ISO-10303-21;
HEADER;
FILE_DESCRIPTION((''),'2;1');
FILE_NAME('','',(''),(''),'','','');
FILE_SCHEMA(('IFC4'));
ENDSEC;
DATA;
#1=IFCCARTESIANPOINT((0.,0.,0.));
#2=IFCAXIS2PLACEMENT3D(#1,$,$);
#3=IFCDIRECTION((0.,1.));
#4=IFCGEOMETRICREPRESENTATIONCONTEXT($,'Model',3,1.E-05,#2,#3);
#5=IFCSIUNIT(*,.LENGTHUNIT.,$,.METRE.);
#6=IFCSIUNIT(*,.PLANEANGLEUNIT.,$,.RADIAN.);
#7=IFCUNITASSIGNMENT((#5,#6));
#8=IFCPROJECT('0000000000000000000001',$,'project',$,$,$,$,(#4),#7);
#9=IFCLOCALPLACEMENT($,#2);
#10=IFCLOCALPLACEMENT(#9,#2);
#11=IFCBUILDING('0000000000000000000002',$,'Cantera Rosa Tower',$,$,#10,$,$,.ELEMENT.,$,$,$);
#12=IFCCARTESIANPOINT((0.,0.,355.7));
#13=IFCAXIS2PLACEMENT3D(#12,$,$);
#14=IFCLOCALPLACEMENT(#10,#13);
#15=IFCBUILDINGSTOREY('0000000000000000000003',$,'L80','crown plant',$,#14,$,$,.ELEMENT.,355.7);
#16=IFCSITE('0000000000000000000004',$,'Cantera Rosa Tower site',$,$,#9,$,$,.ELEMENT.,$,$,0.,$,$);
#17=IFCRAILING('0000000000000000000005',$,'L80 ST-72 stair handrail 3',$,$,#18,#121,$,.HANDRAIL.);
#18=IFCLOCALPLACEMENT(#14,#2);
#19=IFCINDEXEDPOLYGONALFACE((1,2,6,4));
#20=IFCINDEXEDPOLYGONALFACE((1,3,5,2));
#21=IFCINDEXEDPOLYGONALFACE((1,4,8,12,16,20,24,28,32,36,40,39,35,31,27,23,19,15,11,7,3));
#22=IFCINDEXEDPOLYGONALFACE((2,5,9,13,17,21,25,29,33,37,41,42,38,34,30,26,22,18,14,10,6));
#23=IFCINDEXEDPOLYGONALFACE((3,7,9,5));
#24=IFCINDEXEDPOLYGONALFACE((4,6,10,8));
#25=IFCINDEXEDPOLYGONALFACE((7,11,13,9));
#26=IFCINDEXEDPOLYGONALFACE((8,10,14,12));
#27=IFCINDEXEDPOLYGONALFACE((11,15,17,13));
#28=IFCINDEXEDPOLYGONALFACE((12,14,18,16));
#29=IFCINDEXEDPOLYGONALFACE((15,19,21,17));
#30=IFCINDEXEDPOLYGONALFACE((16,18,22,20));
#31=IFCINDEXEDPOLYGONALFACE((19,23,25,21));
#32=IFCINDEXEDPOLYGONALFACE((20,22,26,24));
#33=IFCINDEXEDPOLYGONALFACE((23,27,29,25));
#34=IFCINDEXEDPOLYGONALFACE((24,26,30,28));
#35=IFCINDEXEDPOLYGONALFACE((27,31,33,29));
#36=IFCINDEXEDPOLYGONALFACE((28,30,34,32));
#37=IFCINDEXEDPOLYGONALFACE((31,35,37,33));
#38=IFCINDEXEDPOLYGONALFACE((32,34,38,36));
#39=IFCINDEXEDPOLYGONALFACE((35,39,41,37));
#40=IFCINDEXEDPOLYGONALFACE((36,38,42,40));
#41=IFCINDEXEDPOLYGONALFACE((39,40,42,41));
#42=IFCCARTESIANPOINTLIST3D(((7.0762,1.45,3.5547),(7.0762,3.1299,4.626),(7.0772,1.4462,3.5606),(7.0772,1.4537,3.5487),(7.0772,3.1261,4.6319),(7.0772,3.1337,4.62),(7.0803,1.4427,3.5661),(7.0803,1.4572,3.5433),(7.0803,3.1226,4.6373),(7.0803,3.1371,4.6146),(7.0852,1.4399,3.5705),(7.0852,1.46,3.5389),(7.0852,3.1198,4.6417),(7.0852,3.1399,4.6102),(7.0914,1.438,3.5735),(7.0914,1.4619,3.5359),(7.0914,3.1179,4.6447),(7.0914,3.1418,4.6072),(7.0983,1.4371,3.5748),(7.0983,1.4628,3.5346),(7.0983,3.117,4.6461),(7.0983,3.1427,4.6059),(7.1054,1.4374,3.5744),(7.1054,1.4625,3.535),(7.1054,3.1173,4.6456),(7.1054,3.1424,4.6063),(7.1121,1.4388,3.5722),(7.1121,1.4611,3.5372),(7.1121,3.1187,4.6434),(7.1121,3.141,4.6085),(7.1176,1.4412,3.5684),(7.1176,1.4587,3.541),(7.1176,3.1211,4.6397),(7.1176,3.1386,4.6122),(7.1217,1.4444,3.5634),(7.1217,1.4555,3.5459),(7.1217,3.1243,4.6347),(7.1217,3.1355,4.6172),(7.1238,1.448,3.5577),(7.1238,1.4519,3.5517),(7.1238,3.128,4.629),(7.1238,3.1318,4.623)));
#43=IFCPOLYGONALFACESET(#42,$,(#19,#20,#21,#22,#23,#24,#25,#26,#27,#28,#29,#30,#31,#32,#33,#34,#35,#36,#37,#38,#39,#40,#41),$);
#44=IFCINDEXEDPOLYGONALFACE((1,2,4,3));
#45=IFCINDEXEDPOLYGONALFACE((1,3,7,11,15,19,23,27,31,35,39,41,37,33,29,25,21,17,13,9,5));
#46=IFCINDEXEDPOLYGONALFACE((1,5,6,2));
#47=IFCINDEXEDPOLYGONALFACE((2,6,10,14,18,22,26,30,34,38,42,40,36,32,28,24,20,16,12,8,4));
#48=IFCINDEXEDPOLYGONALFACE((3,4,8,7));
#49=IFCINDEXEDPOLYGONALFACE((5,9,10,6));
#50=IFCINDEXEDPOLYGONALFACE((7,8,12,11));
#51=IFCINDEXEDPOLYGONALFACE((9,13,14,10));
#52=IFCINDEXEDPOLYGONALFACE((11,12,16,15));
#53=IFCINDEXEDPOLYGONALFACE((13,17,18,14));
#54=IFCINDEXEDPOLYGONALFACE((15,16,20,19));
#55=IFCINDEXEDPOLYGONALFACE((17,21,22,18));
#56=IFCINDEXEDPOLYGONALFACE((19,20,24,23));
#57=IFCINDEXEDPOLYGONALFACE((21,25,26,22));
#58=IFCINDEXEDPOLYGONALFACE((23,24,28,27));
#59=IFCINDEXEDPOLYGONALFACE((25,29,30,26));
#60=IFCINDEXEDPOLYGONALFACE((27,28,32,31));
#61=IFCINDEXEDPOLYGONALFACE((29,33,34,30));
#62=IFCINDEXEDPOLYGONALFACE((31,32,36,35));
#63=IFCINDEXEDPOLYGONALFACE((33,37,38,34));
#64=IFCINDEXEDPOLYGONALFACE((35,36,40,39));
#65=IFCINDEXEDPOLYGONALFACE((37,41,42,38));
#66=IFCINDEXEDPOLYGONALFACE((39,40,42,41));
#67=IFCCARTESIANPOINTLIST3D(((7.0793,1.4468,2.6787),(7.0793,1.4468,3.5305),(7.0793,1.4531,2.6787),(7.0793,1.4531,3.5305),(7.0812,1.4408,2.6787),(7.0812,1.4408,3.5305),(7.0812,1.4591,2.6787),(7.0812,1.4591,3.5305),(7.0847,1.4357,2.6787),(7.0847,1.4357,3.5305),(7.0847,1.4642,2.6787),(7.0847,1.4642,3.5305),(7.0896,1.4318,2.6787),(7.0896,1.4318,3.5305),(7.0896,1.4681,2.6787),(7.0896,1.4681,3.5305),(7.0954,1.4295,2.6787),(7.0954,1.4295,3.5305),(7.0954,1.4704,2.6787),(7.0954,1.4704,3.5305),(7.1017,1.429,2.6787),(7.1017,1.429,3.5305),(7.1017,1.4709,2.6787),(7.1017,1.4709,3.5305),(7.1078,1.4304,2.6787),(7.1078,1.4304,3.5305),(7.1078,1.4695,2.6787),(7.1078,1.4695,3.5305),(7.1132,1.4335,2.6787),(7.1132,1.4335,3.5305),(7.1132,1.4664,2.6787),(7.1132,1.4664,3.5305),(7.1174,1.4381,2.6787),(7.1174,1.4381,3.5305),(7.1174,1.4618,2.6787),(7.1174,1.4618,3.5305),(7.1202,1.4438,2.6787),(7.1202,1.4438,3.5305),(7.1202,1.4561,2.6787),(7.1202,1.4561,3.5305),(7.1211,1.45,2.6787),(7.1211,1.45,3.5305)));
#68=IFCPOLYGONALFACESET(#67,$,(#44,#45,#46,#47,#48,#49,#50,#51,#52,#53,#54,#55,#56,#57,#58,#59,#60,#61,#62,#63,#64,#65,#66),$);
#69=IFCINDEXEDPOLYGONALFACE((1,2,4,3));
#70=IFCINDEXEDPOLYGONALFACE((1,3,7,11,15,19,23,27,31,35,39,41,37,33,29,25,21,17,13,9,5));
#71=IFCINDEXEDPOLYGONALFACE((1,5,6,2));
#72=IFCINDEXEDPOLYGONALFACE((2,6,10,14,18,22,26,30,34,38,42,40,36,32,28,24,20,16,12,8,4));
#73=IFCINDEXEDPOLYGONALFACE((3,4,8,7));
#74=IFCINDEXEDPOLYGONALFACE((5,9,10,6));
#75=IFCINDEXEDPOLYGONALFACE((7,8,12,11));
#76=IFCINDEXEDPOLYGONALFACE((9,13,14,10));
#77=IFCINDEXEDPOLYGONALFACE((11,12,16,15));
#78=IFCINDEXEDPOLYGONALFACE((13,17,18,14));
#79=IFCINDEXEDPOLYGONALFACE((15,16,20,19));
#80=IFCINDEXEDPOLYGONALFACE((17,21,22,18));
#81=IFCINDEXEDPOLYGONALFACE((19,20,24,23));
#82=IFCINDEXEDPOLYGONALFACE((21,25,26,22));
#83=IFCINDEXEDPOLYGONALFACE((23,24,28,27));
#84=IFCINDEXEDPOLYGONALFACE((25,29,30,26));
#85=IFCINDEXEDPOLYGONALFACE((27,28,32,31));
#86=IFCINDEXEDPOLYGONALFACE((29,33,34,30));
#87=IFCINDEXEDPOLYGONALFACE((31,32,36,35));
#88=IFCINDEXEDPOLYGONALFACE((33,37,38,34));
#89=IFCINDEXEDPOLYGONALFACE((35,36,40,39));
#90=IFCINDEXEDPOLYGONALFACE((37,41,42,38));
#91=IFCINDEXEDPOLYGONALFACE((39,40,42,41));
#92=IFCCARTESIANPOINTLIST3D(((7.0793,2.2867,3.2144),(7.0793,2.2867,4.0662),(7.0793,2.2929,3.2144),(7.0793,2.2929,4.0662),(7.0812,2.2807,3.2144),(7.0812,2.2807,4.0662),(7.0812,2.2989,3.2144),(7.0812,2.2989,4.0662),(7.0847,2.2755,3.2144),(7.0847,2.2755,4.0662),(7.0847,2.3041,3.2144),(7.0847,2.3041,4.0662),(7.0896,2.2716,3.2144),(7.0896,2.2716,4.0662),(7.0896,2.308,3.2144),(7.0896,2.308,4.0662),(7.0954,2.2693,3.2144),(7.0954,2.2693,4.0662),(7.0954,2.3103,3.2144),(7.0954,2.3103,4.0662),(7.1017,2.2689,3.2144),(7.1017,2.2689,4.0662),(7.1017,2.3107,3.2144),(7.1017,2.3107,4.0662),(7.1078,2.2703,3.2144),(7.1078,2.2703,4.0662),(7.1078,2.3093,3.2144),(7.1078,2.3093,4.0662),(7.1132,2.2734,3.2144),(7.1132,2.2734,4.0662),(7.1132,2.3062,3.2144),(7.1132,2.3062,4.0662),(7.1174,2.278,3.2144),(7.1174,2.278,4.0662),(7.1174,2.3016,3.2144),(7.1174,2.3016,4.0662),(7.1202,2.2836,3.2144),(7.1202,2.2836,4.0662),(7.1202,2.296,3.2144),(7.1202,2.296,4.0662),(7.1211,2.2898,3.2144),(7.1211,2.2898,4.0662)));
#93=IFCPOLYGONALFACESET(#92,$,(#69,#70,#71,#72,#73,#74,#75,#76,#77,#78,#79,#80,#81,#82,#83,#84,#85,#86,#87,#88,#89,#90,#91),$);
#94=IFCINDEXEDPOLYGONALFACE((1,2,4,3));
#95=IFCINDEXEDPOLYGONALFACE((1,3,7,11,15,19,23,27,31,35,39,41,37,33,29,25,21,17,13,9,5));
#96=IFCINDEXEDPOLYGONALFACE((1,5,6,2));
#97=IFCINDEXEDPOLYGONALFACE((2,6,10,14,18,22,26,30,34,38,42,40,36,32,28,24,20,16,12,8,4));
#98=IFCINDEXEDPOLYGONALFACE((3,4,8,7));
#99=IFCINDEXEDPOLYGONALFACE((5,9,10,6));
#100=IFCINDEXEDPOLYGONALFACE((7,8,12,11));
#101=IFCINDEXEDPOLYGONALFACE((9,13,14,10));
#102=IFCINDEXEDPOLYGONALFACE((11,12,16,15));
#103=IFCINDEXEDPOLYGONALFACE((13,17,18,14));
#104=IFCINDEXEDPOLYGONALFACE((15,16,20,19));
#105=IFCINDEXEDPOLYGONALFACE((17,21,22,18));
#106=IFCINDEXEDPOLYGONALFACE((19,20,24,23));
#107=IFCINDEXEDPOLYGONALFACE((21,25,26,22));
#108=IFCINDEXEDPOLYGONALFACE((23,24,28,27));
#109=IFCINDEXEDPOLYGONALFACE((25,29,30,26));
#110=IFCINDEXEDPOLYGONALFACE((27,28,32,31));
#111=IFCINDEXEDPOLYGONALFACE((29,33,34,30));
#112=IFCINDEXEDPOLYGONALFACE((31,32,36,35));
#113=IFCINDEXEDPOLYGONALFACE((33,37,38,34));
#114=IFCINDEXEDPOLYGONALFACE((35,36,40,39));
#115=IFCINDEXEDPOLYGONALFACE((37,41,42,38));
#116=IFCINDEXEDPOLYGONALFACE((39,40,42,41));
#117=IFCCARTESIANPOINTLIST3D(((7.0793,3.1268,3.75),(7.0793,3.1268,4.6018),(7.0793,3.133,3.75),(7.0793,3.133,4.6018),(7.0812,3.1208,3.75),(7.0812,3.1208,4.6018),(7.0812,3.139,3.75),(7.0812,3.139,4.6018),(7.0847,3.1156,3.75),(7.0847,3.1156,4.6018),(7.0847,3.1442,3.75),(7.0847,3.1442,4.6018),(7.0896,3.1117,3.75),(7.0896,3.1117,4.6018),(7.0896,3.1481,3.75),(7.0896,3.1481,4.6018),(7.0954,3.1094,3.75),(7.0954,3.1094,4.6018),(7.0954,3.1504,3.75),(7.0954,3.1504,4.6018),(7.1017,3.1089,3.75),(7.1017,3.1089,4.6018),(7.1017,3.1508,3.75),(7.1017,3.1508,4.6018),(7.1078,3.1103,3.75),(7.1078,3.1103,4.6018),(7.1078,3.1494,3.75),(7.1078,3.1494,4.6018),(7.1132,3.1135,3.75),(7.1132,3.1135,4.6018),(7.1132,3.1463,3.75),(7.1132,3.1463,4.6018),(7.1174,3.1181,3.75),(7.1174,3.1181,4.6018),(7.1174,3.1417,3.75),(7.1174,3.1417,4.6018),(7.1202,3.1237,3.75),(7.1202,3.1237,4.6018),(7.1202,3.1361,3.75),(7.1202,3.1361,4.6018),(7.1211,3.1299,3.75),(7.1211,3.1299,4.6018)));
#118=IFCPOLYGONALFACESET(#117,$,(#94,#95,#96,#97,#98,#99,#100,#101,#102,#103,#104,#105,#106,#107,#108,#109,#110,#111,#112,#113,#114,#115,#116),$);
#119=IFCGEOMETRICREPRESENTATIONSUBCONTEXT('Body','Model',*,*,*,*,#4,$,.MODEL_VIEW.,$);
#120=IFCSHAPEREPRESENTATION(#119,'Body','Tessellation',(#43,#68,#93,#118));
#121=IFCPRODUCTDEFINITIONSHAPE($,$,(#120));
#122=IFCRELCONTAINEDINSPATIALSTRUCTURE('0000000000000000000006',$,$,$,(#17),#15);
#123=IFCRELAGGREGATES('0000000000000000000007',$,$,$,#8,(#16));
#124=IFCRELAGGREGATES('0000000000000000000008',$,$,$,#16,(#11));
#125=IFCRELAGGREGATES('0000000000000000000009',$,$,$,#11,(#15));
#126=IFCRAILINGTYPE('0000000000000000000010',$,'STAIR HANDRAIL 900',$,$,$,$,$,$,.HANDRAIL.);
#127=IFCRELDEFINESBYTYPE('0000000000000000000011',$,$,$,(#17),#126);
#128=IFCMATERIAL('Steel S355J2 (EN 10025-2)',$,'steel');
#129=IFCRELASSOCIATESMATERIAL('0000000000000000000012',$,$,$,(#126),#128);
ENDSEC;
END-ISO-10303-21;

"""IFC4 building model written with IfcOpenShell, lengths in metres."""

from ifc_helpers import new_model, si_unit, direction, frame, origin, origin_2d, place, context, subcontext, project, spatial, circle, extrude, material, type_object, element, save


model = new_model("IFC4")

# Units and contexts
model_context = context("Model", 3, precision=1e-05, world=origin(), true_north=direction((0.0, 1.0)))
body_context = subcontext(model_context, "Body", "Model", "MODEL_VIEW")
ifc_project = project(units=[si_unit("LENGTHUNIT", "METRE"), si_unit("PLANEANGLEUNIT", "RADIAN")], contexts=[model_context])

# Site, building, storey
site_placement = place(None, origin())
site = spatial("IfcSite", under=ifc_project, at=site_placement, Name="Cantera Rosa Tower site", CompositionType="ELEMENT", RefElevation=0.0)
building_placement = place(site_placement, origin())
building = spatial("IfcBuilding", under=site, at=building_placement, Name="Cantera Rosa Tower", CompositionType="ELEMENT")
storey_placement = place(building_placement, frame((0.0, 0.0, 355.7)))
storey = spatial("IfcBuildingStorey", under=building, at=storey_placement, Name="L80", Description="crown plant", CompositionType="ELEMENT", Elevation=355.7)

# Railing
ifc_material_1 = material(Name="Steel S355J2 (EN 10025-2)", Category="steel")
railing_type_1 = type_object("IfcRailingType", Name="STAIR HANDRAIL 900", PredefinedType="HANDRAIL", material=ifc_material_1)
railing_1_placement = place(storey_placement, frame((7.1001, 1.45, 2.6787)))
element("IfcRailing", 1, at=railing_1_placement, inside=storey, type_object=railing_type_1, Name="L80 ST-72 stair handrail 3", PredefinedType="HANDRAIL", context=body_context, shape_type="SweptSolid", body=[
    extrude(circle(Radius=0.0239, at=origin_2d()), frame((0.0, 0.0, 0.876), z_axis=(0.0, 0.843152, 0.537676), x_axis=(-1.0, 0.0, 0.0)), (0.0, 0.0, 1.0), 1.9924),
    extrude(circle(Radius=0.021, at=origin_2d()), origin(), (0.0, 0.0, 1.0), 0.8518),
    extrude(circle(Radius=0.021, at=origin_2d()), frame((0.0, 0.8398, 0.5356)), (0.0, 0.0, 1.0), 0.8518),
    extrude(circle(Radius=0.021, at=origin_2d()), frame((0.0, 1.6799, 1.0713)), (0.0, 0.0, 1.0), 0.8518),
])

save(model, "model.ifc")
